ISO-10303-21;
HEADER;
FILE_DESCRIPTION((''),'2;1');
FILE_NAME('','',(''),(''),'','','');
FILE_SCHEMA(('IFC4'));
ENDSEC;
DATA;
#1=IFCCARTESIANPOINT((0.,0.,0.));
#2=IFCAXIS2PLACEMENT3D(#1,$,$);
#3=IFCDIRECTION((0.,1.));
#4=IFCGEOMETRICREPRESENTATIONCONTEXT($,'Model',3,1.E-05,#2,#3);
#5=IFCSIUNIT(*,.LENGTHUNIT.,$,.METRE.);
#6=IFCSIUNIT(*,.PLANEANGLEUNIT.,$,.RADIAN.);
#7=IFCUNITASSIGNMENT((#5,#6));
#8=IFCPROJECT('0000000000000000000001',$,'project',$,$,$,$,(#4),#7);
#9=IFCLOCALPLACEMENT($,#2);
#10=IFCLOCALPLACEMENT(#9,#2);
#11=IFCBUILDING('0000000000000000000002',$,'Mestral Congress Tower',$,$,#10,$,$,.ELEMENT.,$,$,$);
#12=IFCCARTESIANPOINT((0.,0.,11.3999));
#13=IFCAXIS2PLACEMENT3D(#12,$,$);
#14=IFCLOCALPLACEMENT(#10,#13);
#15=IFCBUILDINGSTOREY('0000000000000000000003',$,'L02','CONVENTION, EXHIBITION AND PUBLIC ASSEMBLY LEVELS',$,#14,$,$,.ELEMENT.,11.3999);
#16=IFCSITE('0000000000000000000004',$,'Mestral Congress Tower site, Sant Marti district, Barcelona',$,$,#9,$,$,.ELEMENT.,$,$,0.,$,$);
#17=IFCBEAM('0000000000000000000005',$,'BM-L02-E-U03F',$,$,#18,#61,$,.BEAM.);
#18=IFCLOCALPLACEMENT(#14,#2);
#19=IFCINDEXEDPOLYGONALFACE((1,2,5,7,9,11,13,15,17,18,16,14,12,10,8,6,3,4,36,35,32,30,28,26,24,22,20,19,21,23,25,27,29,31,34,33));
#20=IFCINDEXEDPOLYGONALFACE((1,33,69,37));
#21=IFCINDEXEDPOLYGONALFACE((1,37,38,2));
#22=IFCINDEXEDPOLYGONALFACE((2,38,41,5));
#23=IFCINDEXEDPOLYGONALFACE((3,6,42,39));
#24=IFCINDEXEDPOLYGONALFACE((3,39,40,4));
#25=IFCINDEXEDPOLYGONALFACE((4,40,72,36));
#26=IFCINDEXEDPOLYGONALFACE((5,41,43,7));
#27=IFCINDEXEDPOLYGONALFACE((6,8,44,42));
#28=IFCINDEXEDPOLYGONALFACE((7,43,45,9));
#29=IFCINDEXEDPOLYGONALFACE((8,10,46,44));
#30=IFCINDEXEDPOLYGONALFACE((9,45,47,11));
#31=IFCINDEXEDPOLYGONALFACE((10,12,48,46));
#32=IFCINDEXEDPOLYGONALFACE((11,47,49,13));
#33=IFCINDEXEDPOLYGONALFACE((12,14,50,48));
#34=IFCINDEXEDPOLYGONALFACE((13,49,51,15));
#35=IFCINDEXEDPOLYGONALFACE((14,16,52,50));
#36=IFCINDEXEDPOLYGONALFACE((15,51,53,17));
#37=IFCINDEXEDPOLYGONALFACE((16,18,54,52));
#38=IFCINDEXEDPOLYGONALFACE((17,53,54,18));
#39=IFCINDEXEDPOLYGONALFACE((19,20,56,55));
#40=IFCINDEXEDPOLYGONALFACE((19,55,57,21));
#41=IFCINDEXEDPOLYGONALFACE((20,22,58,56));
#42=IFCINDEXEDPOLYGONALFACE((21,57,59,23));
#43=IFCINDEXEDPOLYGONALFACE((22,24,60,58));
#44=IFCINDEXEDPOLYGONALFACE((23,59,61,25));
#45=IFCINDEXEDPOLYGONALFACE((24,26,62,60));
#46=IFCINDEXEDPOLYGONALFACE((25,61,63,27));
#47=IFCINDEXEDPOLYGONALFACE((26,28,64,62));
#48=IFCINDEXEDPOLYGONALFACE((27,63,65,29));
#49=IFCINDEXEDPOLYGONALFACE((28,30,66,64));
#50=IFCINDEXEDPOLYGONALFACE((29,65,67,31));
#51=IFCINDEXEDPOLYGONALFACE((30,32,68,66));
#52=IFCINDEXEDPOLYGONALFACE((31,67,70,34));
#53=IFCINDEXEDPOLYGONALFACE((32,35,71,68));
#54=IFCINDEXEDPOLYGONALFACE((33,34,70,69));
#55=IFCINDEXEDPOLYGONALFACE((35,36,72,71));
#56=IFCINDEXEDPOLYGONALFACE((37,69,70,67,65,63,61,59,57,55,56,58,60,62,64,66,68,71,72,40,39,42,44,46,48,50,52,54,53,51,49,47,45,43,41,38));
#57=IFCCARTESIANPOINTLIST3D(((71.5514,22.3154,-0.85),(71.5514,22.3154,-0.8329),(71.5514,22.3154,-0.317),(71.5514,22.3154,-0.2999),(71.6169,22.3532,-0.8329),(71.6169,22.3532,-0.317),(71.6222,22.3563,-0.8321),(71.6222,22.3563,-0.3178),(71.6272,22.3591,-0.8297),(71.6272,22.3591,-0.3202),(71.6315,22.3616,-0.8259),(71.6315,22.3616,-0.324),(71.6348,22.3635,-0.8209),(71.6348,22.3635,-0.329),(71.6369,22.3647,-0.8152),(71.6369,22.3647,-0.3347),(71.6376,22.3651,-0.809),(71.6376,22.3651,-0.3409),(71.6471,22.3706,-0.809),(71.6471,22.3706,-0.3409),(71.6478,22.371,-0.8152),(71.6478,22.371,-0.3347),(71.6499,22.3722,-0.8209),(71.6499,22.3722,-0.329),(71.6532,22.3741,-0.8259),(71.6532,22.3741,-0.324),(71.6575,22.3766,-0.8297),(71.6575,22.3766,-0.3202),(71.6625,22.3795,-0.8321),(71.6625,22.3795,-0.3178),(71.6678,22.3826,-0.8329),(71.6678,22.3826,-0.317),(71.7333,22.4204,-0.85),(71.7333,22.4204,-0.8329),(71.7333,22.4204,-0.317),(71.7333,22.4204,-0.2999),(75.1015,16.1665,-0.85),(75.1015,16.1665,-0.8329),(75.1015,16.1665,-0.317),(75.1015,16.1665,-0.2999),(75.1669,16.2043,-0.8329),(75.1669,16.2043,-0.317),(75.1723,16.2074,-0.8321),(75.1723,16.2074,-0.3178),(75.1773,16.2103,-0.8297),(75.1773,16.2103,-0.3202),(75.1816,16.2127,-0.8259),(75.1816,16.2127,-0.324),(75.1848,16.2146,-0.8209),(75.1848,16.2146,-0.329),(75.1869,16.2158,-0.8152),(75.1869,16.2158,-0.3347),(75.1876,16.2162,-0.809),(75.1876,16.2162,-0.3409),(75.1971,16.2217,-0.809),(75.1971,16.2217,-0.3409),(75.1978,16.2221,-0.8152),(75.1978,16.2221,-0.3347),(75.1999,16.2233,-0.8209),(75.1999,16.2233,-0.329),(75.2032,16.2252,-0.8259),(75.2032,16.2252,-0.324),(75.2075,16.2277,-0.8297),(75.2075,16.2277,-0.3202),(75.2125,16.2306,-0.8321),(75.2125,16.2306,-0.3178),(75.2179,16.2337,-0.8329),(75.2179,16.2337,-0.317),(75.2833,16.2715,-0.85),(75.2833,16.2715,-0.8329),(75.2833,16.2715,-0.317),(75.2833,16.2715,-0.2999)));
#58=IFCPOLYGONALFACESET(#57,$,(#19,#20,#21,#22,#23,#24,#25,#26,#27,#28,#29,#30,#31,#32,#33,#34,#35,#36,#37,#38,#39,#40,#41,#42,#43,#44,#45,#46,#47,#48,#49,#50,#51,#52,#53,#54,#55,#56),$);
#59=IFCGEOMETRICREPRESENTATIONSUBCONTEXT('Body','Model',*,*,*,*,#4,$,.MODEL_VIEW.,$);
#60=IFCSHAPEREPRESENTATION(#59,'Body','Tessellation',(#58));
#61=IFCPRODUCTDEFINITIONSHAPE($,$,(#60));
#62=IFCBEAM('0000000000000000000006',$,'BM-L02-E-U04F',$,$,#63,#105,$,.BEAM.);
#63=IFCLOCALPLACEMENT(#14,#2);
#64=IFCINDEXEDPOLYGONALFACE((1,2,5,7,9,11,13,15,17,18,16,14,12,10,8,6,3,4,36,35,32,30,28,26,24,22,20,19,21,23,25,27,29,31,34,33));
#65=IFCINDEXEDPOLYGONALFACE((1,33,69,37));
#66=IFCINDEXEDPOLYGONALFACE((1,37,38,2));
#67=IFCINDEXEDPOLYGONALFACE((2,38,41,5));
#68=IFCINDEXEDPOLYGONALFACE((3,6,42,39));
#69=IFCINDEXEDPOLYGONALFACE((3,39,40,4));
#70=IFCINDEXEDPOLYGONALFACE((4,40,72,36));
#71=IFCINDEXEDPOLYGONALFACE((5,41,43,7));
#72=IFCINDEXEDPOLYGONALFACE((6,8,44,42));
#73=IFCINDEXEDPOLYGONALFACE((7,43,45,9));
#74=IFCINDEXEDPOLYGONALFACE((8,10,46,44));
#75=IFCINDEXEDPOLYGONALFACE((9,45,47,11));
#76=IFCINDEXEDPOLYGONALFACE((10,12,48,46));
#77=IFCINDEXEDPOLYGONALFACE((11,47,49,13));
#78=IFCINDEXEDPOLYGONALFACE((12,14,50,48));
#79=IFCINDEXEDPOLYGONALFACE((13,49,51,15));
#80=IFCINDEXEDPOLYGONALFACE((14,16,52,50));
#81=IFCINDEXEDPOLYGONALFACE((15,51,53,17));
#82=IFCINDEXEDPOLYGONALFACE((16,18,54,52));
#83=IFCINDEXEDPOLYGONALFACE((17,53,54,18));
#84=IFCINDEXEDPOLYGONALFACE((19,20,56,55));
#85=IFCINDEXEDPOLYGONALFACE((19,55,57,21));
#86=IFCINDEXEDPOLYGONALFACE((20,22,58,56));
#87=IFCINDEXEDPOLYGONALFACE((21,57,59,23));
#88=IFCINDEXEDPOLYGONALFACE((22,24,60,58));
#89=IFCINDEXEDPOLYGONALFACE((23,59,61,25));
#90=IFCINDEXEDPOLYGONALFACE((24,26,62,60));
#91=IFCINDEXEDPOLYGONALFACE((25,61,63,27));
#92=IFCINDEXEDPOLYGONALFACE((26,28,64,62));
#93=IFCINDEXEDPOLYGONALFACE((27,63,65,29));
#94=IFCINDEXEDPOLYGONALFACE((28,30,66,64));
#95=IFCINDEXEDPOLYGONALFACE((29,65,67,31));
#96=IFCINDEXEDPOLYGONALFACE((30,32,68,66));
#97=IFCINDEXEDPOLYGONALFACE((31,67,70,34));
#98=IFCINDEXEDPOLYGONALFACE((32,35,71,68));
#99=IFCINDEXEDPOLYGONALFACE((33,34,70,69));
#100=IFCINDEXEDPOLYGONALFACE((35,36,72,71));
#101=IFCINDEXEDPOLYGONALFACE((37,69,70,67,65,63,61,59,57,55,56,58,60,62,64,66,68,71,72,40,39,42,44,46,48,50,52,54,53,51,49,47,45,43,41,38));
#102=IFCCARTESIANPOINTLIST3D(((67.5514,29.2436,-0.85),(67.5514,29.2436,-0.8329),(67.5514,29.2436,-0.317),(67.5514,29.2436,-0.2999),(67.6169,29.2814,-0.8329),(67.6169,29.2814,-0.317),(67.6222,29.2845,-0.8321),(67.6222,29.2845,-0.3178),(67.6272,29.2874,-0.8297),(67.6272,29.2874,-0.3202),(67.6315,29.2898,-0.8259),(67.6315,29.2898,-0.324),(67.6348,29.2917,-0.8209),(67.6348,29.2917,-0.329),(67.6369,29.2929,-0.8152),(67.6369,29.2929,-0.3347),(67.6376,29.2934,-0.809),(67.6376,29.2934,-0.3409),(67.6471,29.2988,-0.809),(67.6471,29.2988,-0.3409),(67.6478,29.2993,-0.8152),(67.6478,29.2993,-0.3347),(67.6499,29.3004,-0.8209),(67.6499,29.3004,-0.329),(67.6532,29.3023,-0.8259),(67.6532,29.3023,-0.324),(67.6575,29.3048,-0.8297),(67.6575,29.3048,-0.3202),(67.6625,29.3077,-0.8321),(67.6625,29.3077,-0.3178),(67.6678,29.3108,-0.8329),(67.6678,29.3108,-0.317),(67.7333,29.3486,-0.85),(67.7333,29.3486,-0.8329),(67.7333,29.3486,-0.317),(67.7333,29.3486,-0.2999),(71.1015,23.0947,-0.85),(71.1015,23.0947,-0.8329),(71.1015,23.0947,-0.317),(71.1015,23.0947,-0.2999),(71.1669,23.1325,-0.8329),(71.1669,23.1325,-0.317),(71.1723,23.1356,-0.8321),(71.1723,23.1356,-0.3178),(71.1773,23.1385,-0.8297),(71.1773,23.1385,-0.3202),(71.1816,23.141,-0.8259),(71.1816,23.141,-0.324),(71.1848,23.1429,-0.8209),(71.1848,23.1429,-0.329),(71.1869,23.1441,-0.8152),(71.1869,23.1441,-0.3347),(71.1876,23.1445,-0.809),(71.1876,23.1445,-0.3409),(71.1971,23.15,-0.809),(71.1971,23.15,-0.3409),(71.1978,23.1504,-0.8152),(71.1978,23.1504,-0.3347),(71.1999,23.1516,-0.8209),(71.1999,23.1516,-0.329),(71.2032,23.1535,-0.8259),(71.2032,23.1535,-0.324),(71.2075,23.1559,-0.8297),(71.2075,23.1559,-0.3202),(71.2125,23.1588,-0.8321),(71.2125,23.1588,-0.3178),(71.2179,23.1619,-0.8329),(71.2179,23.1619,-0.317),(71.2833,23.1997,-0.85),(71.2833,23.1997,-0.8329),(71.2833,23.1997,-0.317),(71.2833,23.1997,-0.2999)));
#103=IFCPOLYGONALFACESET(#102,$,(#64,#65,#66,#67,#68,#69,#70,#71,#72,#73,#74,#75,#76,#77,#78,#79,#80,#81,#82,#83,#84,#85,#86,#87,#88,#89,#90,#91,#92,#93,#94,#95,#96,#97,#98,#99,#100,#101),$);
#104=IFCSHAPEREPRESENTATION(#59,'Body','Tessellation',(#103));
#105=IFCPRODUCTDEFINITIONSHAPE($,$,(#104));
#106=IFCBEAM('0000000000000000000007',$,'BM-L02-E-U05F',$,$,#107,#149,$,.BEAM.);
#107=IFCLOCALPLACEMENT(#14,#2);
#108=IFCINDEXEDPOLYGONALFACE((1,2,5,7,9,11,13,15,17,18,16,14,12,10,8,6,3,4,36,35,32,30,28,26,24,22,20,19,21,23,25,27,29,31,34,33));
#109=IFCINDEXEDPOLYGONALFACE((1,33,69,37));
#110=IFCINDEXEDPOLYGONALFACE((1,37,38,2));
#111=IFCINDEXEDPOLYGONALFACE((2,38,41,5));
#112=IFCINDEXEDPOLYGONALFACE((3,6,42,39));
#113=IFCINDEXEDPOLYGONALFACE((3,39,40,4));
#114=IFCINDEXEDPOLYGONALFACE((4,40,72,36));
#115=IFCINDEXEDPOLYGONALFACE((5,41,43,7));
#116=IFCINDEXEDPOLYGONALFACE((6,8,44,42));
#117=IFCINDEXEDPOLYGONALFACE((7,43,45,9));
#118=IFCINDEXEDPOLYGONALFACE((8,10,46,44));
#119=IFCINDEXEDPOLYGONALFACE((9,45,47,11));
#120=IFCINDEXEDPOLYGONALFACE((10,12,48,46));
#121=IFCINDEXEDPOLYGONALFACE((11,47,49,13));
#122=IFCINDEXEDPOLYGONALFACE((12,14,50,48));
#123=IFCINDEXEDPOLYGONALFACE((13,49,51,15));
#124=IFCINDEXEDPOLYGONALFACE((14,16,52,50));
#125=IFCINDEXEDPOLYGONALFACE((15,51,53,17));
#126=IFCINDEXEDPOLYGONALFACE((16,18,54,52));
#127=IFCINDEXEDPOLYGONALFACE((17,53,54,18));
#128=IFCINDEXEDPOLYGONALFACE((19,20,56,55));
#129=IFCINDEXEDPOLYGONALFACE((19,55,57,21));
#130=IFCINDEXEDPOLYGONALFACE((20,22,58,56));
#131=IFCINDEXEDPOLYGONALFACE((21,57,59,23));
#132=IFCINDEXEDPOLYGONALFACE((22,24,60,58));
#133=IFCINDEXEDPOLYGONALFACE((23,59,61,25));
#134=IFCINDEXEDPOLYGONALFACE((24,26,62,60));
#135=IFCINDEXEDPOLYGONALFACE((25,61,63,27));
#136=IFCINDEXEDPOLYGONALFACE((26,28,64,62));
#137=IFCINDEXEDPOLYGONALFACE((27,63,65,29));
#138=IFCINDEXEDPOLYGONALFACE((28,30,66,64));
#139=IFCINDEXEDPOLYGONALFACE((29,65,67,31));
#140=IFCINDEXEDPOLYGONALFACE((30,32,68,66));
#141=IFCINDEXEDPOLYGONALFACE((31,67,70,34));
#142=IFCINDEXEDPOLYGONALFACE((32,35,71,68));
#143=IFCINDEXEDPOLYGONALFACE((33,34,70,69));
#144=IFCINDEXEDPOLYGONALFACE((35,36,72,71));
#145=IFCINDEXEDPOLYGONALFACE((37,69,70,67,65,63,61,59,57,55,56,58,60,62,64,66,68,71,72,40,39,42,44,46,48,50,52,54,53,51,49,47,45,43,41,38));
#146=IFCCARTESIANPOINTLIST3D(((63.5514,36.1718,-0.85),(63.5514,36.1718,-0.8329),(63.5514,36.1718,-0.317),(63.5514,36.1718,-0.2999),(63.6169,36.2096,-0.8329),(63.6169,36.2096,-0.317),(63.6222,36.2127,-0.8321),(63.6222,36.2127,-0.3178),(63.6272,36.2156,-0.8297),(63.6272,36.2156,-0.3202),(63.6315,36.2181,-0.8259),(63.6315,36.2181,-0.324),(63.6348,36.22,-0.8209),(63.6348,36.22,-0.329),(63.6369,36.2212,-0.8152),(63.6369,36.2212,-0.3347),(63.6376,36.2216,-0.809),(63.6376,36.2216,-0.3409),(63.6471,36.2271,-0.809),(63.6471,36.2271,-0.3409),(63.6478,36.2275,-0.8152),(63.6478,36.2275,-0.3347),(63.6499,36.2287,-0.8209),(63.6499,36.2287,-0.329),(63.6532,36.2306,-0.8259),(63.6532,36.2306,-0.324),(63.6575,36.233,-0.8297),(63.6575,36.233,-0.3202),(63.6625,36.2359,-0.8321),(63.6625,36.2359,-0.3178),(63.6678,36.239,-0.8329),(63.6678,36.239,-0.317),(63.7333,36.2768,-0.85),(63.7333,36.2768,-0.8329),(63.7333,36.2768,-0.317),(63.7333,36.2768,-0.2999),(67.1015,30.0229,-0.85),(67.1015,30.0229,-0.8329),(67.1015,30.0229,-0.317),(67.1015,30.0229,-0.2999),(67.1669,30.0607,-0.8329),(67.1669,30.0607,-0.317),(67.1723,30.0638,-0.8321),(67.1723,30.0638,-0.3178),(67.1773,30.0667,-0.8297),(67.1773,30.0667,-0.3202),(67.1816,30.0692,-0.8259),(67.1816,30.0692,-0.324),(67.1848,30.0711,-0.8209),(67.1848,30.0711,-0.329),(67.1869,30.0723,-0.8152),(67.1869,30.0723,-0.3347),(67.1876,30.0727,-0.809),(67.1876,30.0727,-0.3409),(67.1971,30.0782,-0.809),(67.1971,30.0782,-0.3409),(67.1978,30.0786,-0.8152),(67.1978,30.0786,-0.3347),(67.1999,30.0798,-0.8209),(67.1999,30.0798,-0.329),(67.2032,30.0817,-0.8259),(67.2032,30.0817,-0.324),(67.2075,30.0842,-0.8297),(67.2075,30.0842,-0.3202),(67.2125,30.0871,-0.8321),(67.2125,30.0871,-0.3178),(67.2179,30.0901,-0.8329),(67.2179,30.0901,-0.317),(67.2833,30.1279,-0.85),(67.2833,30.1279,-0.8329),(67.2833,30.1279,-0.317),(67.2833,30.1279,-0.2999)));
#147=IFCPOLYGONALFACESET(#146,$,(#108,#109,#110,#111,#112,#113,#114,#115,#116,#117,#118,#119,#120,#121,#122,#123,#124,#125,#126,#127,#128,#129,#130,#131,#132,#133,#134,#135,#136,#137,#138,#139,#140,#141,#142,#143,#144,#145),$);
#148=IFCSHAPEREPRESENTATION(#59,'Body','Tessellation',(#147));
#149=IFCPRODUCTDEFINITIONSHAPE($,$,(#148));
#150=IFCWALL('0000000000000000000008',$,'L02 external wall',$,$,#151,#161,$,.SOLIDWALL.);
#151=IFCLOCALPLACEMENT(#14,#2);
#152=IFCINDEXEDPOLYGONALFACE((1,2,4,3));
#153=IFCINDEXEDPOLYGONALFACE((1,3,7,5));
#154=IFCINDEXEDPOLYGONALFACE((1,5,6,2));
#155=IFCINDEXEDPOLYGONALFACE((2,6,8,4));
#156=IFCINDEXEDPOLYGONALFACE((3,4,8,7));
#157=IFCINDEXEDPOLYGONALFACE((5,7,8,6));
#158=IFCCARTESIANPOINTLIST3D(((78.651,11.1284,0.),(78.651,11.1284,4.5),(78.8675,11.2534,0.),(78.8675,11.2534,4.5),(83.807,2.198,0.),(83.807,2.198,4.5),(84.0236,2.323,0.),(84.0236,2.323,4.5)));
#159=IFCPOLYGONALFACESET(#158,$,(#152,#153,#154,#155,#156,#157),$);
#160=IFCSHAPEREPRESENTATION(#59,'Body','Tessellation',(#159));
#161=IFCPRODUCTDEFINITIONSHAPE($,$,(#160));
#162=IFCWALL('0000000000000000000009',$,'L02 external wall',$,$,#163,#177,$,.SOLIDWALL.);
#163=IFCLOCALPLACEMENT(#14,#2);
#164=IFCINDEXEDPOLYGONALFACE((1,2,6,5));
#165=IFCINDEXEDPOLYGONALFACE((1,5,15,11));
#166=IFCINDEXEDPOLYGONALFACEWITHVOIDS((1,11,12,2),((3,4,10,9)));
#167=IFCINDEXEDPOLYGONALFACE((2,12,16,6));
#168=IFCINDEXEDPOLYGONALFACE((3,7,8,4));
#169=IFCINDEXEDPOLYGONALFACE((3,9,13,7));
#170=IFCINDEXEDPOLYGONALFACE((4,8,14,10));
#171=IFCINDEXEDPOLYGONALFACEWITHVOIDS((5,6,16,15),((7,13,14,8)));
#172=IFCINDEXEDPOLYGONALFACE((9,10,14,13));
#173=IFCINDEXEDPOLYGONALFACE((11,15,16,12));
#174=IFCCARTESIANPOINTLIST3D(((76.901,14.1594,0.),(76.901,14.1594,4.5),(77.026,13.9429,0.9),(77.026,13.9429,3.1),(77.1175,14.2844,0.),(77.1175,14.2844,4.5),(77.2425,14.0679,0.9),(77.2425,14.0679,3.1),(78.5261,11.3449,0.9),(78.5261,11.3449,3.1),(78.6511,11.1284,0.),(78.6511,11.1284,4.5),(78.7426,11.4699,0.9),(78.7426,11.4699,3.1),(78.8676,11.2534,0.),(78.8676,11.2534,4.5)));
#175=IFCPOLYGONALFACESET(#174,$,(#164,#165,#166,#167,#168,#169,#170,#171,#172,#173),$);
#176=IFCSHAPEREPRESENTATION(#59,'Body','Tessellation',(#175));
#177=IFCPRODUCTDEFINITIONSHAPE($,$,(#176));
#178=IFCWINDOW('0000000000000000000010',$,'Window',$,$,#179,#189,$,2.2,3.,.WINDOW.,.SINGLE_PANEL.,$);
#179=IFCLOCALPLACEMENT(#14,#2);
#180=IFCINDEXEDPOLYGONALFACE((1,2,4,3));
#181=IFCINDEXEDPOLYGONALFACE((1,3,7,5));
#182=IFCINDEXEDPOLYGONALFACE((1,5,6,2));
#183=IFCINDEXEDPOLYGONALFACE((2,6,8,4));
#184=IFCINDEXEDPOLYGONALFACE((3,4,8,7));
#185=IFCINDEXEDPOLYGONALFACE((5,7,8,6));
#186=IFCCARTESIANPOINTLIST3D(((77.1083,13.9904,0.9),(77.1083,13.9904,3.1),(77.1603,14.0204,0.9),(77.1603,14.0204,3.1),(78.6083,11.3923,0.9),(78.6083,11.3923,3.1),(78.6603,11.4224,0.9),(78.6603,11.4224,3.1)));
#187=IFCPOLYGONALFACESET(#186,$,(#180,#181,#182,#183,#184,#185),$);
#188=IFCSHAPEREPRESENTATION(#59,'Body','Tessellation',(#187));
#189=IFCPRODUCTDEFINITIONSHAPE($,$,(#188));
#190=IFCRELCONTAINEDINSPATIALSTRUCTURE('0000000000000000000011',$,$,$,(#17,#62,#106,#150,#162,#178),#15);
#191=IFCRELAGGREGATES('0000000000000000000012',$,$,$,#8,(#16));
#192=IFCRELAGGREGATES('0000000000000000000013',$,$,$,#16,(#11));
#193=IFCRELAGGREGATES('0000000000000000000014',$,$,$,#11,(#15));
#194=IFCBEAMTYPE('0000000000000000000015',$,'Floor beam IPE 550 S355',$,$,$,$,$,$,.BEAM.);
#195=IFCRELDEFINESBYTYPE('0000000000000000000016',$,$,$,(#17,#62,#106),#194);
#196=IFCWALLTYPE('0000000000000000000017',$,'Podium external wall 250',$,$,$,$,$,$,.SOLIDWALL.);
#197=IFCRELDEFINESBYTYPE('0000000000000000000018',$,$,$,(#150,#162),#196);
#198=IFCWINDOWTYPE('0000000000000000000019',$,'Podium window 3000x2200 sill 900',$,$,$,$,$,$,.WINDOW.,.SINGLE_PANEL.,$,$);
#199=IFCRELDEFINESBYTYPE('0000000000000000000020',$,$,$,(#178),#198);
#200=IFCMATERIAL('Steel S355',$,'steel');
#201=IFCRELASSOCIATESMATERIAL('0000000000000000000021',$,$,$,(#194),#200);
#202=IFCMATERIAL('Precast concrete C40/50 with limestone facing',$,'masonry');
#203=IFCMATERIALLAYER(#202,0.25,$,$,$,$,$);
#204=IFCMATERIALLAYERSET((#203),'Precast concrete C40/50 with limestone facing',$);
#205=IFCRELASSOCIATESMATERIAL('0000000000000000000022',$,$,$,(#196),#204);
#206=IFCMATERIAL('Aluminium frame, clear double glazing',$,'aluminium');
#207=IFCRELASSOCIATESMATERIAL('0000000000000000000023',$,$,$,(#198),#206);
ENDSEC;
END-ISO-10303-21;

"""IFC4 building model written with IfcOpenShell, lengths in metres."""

from ifc_helpers import new_model, si_unit, direction, frame, frame_2d, origin, origin_2d, place, context, subcontext, project, spatial, rectangle, i_section, extrude, material, layer, layer_set, material_profile, profile_set, type_object, element, fill, save


model = new_model("IFC4")

# Units and contexts
model_context = context("Model", 3, precision=1e-05, world=origin(), true_north=direction((0.0, 1.0)))
body_context = subcontext(model_context, "Body", "Model", "MODEL_VIEW")
ifc_project = project(units=[si_unit("LENGTHUNIT", "METRE"), si_unit("PLANEANGLEUNIT", "RADIAN")], contexts=[model_context])

# Site, building, storey
site_placement = place(None, origin())
site = spatial("IfcSite", under=ifc_project, at=site_placement, Name="Mestral Congress Tower site, Sant Marti district, Barcelona", CompositionType="ELEMENT", RefElevation=0.0)
building_placement = place(site_placement, origin())
building = spatial("IfcBuilding", under=site, at=building_placement, Name="Mestral Congress Tower", CompositionType="ELEMENT")
storey_placement = place(building_placement, frame((0.0, 0.0, 11.3999)))
storey = spatial("IfcBuildingStorey", under=building, at=storey_placement, Name="L02", Description="CONVENTION, EXHIBITION AND PUBLIC ASSEMBLY LEVELS", CompositionType="ELEMENT", Elevation=11.3999)

# Beams
ifc_material_1 = material(Name="Steel S355", Category="steel")
ifc_material_profile_1 = material_profile(ifc_material_1, i_section(OverallWidth=0.21, OverallDepth=0.55, WebThickness=0.011, FlangeThickness=0.0171, FilletRadius=0.0239, at=origin_2d()), Name="IPE 550")
ifc_profile_set_1 = profile_set([ifc_material_profile_1], Name="Steel S355")
beam_type_1 = type_object("IfcBeamType", Name="Floor beam IPE 550 S355", PredefinedType="BEAM", material=ifc_profile_set_1)
for number, where, z_axis, x_axis, name in (
    (1, (75.1924, 16.219, -0.575), (-0.499996, 0.866028, 0.0), (-0.866028, -0.499996, 0.0), "BM-L02-E-U03F"),
    (2, (71.1924, 23.1472, -0.575), (-0.499996, 0.866028, 0.0), (-0.866028, -0.499996, 0.0), "BM-L02-E-U04F"),
    (3, (67.1924, 30.0754, -0.575), (-0.499996, 0.866028, 0.0), (-0.866028, -0.499996, 0.0), "BM-L02-E-U05F"),
):
    element("IfcBeam", number, at=place(storey_placement, frame(where, z_axis=z_axis, x_axis=x_axis)), inside=storey, type_object=beam_type_1, Name=name, PredefinedType="BEAM", context=body_context, shape_type="SweptSolid", body=[
        extrude(i_section(OverallWidth=0.21, OverallDepth=0.55, WebThickness=0.011, FlangeThickness=0.0171, FilletRadius=0.0239, at=origin_2d()), origin(), (0.0, 0.0, 1.0), 7.1001),
    ])

# Wall
ifc_material_2 = material(Name="Precast concrete C40/50 with limestone facing", Category="masonry")
ifc_layer = layer(ifc_material_2, 0.25)
ifc_layer_set = layer_set([ifc_layer], Name="Precast concrete C40/50 with limestone facing")
wall_type = type_object("IfcWallType", Name="Podium external wall 250", PredefinedType="SOLIDWALL", material=ifc_layer_set)
wall_1_placement = place(storey_placement, frame((78.7593, 11.1909, 0.0), z_axis=(0.0, 0.0, 1.0), x_axis=(0.500002, -0.866024, 0.0)))
element("IfcWall", 4, at=wall_1_placement, inside=storey, type_object=wall_type, Name="L02 external wall", PredefinedType="SOLIDWALL", context=body_context, shape_type="SweptSolid", body=[
    extrude(rectangle(XDim=10.312, YDim=0.25, at=frame_2d((5.156, 0.0))), origin(), (0.0, 0.0, 1.0), 4.5),
])

# Wall, opening, window
wall_2_placement = place(storey_placement, frame((77.0093, 14.2219, 0.0), z_axis=(0.0, 0.0, 1.0), x_axis=(0.50001, -0.866019, 0.0)))
wall_2 = element("IfcWall", 5, at=wall_2_placement, inside=storey, type_object=wall_type, Name="L02 external wall", PredefinedType="SOLIDWALL", context=body_context, shape_type="SweptSolid", body=[
    extrude(rectangle(XDim=3.5, YDim=0.25, at=frame_2d((1.75, 0.0))), origin(), (0.0, 0.0, 1.0), 4.5),
])
opening_1_placement = place(wall_2_placement, frame((0.25, 0.0, 0.8999)))
opening_1 = element("IfcOpeningElement", 6, at=opening_1_placement, cuts=wall_2, PredefinedType="OPENING", context=body_context, shape_type="SweptSolid", body=[
    extrude(rectangle(XDim=3.0, YDim=2.2, at=frame_2d((1.5, 1.1001))), frame((0.0, 0.135, 0.0), z_axis=(0.0, -1.0, 0.0), x_axis=(1.0, 0.0, 0.0)), (0.0, 0.0, 1.0), 0.27),
])
ifc_material_3 = material(Name="Aluminium frame, clear double glazing", Category="aluminium")
window_type = type_object("IfcWindowType", Name="Podium window 3000x2200 sill 900", PartitioningType="SINGLE_PANEL", PredefinedType="WINDOW", material=ifc_material_3)
window_1_placement = place(opening_1_placement, origin())
window_1 = element("IfcWindow", 7, at=window_1_placement, inside=storey, type_object=window_type, Name="Window", OverallHeight=2.2, OverallWidth=3.0, PartitioningType="SINGLE_PANEL", PredefinedType="WINDOW", context=body_context, shape_type="SweptSolid", body=[
    extrude(rectangle(XDim=3.0, YDim=2.2, at=frame_2d((1.5, 1.1001))), frame((0.0, 0.03, 0.0), z_axis=(0.0, -1.0, 0.0), x_axis=(1.0, 0.0, 0.0)), (0.0, 0.0, 1.0), 0.0601),
])
fill(opening_1, window_1)

save(model, "model.ifc")
